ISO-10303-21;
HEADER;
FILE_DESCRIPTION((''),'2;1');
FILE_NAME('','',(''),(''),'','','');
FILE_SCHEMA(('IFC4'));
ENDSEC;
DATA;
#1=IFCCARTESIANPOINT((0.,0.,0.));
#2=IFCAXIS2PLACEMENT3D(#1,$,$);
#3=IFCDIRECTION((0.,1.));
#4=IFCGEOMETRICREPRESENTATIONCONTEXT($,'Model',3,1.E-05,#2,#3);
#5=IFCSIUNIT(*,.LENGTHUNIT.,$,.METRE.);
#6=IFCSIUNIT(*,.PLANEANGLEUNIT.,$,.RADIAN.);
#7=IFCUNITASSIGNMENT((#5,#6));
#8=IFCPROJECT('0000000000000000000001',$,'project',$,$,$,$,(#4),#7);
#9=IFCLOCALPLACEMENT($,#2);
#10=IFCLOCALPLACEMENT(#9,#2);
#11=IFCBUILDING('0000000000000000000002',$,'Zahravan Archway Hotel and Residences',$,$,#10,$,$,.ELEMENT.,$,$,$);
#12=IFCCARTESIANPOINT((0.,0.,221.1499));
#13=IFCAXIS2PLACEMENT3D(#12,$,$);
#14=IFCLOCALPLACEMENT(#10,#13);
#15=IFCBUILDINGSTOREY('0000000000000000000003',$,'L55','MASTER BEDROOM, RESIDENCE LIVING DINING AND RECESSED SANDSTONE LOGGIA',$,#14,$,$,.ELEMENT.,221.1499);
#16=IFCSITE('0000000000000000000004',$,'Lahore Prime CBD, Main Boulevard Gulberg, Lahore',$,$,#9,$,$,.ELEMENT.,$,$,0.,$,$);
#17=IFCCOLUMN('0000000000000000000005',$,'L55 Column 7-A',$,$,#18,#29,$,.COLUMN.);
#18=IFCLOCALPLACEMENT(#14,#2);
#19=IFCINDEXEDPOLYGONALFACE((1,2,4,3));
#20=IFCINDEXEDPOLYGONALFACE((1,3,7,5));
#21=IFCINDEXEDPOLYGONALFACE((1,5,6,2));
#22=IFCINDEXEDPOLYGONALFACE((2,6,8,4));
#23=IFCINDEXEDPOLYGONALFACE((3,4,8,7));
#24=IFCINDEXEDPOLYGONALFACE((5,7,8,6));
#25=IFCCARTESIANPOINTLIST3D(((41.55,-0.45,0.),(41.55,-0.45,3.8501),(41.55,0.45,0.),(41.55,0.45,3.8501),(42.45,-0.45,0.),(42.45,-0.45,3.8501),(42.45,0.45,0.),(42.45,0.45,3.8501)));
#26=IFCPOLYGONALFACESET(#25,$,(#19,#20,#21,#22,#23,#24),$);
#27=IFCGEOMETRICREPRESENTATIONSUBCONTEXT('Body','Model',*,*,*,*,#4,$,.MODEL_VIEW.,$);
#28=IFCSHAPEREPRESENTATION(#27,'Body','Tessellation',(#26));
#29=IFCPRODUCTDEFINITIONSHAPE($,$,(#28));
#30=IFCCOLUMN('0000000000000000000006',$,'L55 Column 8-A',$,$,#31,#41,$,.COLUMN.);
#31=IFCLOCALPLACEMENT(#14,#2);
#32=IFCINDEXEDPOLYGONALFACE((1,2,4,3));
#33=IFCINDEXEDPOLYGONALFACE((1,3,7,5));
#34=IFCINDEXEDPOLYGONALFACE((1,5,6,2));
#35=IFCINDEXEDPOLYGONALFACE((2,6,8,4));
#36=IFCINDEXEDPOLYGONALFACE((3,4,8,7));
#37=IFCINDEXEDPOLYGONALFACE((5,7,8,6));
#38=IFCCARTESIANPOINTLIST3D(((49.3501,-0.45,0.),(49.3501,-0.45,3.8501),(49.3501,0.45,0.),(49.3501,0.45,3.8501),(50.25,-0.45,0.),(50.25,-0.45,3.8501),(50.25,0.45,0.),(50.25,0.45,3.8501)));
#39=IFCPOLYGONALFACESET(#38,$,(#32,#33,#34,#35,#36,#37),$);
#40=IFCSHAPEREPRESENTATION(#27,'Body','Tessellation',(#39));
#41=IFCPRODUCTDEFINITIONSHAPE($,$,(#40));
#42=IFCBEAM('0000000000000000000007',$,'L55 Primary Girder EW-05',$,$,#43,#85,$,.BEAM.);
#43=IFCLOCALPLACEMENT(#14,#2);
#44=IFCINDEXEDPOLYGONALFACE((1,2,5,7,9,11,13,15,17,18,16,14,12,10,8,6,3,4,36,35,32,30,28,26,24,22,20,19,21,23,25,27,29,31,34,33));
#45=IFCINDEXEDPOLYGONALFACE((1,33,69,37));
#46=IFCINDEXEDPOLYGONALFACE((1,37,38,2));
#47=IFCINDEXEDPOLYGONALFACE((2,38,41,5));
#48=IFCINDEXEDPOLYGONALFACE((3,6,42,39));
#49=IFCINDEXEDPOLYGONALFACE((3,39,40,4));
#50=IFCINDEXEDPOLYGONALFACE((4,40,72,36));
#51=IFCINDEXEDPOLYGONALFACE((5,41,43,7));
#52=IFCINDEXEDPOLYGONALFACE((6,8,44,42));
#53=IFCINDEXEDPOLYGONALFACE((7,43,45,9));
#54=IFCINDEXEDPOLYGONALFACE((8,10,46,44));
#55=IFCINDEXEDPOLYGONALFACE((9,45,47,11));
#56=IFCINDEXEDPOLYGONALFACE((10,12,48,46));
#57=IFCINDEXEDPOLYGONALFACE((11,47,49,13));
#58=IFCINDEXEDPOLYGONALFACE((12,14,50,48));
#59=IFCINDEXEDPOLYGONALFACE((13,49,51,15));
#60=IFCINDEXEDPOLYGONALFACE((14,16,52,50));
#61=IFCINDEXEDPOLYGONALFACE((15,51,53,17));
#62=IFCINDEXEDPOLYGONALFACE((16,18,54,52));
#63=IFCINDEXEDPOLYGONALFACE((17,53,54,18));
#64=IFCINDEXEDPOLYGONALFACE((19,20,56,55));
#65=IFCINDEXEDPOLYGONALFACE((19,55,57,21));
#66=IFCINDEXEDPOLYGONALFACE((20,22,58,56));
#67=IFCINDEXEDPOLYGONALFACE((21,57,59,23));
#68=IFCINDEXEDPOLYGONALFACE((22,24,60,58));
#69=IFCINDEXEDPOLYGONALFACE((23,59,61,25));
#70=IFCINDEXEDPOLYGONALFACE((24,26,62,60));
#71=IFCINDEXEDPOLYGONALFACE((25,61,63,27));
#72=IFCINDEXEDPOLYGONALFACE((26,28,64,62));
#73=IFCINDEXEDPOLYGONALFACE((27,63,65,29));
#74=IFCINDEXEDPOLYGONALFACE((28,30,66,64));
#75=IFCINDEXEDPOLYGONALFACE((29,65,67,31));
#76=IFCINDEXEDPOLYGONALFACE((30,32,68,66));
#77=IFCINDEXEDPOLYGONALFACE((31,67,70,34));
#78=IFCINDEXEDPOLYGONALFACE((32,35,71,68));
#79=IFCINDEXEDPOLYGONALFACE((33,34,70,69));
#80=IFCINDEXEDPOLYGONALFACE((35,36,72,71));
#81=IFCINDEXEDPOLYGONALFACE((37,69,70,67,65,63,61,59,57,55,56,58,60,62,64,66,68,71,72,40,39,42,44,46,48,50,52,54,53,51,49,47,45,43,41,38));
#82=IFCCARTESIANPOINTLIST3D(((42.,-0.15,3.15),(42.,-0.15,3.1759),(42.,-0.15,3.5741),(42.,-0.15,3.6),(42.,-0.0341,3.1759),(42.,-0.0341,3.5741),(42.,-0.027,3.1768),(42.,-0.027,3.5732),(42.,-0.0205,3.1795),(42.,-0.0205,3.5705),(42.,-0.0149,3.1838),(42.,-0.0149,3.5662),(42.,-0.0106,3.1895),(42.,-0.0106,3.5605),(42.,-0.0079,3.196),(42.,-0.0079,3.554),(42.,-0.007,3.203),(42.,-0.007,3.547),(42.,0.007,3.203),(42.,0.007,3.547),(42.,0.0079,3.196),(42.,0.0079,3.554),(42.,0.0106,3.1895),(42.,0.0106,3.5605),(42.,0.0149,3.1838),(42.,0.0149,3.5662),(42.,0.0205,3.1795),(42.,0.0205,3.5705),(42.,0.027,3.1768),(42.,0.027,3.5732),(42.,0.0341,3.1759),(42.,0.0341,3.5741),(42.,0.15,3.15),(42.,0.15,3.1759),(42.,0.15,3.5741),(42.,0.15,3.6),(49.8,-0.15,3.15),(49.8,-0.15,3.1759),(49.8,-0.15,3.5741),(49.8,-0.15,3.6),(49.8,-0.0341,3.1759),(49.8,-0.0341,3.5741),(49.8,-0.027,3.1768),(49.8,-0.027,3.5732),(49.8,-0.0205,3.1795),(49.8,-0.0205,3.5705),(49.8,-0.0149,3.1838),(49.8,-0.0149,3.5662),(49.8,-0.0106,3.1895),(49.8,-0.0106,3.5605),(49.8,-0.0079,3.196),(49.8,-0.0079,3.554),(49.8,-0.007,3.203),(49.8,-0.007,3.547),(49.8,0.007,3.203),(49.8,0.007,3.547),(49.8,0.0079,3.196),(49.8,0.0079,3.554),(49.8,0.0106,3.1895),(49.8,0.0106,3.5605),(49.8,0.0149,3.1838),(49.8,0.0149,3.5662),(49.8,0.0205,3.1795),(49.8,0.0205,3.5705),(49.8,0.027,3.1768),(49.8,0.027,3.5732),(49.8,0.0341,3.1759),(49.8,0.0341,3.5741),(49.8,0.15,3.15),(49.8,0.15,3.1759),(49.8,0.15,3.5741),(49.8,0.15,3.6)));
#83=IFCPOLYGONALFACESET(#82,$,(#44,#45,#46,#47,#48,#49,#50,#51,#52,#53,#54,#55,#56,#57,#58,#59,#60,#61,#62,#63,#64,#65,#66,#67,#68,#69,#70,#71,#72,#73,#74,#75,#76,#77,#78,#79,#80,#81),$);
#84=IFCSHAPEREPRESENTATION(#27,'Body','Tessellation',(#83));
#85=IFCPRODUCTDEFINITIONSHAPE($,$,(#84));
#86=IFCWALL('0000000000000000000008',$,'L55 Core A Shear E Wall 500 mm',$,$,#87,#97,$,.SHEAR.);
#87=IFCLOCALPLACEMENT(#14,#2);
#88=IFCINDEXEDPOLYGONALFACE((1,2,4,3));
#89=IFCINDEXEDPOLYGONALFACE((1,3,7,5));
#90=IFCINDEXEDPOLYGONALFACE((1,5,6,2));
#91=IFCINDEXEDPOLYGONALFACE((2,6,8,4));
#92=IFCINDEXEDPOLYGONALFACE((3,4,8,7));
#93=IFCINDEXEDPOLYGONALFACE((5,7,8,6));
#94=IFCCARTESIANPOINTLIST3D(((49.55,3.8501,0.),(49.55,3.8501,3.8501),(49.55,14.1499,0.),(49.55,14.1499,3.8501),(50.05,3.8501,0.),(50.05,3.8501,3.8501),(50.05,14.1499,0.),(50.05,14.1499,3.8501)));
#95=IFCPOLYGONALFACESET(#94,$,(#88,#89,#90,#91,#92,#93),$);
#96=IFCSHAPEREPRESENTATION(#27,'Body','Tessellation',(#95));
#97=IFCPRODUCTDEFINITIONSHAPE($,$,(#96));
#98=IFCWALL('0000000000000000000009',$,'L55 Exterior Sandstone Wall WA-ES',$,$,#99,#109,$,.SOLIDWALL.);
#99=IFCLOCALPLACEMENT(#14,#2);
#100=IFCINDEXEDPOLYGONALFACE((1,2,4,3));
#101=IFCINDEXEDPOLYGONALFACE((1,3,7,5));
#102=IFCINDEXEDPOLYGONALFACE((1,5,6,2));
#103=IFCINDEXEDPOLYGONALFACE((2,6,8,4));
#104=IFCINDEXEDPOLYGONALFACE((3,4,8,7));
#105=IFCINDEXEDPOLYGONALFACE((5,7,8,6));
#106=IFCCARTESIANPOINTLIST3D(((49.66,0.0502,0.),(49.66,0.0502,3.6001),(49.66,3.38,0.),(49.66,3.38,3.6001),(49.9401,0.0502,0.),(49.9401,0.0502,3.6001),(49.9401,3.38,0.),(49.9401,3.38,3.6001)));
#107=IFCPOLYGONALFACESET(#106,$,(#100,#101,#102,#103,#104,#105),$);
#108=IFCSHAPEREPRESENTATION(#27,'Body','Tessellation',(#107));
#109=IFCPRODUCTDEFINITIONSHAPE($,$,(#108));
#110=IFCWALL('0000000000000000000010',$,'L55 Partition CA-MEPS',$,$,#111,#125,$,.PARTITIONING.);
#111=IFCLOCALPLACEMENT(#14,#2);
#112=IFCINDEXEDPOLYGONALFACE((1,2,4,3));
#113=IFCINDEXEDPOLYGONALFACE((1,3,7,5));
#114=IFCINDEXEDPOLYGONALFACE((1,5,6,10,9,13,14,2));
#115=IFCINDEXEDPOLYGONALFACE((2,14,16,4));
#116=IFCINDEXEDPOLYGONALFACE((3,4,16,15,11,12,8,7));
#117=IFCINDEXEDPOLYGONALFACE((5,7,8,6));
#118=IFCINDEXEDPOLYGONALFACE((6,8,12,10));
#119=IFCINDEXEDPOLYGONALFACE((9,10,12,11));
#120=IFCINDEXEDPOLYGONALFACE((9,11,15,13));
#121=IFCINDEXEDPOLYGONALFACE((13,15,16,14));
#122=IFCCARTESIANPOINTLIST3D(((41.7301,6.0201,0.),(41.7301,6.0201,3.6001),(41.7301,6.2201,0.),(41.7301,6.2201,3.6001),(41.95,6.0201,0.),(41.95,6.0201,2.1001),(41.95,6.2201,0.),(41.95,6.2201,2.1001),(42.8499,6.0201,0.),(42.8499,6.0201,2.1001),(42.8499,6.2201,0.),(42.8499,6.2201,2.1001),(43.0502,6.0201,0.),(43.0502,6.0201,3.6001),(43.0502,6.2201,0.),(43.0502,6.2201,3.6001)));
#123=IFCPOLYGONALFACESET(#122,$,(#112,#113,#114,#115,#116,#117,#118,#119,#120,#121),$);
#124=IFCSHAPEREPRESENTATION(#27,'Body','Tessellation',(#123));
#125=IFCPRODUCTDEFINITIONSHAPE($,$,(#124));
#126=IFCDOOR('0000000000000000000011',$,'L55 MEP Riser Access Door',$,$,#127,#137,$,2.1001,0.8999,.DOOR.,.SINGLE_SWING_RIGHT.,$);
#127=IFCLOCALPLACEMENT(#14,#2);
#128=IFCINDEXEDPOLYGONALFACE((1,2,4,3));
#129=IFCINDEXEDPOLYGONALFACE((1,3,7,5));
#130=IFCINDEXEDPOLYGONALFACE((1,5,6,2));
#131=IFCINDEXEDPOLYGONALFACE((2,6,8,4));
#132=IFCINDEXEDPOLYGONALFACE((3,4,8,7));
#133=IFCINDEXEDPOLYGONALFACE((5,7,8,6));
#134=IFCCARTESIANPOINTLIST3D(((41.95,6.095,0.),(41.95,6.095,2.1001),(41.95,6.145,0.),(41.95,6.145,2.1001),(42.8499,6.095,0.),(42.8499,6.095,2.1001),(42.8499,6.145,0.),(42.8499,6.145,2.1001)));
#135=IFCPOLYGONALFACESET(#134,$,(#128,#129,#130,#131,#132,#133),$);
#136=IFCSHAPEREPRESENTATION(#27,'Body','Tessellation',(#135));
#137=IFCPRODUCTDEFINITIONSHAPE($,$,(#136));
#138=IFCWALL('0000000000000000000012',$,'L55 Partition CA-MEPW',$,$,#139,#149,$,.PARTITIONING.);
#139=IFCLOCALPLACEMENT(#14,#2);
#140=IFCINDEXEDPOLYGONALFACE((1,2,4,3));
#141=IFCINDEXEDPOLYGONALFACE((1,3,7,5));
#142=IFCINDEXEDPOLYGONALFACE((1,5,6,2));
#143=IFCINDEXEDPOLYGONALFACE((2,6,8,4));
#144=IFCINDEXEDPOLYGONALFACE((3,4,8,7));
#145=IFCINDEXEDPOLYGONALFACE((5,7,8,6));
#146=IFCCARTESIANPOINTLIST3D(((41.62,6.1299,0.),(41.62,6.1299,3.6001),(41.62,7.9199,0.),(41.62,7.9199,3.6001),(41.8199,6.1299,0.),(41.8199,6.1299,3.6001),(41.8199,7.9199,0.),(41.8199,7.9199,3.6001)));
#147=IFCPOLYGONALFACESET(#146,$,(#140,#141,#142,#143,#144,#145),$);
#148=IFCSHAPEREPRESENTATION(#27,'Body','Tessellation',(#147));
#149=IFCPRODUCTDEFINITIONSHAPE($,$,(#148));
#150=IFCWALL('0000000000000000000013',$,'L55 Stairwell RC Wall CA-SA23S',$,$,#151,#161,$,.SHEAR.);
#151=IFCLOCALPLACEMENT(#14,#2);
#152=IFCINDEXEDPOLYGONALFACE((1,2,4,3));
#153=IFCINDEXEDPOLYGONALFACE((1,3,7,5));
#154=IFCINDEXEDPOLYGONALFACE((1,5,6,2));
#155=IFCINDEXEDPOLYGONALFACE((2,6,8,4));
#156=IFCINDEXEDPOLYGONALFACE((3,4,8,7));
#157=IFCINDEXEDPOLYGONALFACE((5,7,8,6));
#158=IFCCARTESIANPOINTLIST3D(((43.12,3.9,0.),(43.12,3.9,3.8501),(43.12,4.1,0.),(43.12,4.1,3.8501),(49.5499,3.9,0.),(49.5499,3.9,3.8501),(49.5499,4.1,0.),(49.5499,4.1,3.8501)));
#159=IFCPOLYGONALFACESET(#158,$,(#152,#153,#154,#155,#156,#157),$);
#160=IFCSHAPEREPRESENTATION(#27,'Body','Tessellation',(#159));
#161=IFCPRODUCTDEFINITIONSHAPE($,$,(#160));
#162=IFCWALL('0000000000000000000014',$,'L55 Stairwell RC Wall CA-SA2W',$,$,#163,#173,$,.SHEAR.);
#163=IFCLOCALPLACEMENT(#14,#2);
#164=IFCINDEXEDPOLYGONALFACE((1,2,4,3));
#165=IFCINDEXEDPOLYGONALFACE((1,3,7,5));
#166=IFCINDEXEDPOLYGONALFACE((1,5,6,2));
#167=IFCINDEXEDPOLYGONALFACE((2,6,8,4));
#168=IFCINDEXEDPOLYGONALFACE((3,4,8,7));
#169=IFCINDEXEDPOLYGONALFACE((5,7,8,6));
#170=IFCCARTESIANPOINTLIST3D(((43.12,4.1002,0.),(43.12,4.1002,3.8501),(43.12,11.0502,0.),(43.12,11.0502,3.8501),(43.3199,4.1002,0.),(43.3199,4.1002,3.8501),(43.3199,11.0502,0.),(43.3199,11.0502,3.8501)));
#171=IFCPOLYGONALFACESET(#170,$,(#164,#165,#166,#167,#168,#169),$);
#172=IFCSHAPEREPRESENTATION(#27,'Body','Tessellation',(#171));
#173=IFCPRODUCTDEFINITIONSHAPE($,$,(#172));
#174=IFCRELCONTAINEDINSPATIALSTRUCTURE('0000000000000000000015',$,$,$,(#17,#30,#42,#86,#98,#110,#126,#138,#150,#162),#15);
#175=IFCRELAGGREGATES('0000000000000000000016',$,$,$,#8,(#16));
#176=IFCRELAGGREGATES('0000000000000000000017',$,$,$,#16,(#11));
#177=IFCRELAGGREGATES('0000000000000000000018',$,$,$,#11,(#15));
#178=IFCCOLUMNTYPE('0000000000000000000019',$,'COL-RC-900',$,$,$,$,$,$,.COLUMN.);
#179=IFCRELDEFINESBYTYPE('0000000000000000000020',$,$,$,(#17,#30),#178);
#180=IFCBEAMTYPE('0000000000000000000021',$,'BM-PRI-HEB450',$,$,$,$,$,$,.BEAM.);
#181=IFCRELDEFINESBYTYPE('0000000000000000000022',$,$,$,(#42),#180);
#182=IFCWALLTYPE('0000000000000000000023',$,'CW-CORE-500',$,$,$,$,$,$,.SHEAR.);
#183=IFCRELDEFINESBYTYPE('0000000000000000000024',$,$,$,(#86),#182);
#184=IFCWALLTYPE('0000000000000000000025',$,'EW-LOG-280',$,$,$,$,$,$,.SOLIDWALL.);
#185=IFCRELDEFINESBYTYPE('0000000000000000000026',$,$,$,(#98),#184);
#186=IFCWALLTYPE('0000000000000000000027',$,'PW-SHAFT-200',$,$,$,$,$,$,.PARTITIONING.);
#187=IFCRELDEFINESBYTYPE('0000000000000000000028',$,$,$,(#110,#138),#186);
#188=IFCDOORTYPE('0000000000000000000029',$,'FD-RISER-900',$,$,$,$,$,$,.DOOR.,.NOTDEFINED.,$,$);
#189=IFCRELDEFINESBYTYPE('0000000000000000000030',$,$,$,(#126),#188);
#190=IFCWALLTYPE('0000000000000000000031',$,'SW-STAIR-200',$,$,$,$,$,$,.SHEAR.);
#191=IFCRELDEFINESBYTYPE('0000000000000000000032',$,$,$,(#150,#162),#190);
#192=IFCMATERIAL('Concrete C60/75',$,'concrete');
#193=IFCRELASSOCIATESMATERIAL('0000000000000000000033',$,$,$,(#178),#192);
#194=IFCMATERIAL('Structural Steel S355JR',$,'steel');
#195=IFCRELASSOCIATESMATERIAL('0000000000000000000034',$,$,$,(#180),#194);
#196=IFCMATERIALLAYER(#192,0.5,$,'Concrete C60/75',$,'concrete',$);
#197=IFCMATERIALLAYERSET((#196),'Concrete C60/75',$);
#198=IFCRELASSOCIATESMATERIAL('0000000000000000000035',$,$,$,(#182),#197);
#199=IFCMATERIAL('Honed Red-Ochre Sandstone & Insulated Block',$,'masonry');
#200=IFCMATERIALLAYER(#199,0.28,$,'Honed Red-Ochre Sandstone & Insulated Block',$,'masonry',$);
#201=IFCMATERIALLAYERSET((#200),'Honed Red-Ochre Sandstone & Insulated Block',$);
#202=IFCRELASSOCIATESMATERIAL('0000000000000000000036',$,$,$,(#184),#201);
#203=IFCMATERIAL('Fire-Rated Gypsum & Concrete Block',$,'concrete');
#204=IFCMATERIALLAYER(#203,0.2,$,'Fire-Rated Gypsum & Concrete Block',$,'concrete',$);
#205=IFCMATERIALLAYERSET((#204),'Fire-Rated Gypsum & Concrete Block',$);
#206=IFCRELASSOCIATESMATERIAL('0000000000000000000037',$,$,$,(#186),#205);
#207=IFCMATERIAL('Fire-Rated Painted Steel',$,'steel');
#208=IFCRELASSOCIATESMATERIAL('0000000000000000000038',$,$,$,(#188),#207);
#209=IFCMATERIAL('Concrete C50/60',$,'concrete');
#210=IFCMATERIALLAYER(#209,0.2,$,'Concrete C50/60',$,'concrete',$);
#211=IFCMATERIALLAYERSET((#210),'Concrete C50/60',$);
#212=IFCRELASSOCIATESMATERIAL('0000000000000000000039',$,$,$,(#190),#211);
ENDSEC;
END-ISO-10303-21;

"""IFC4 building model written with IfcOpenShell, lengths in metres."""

from ifc_helpers import new_model, si_unit, direction, frame, frame_2d, origin, origin_2d, place, context, subcontext, project, spatial, rectangle, i_section, extrude, source, transform, mapped, material, layer, layer_set, material_profile, profile_set, type_object, type_shapes, element, fill, save


model = new_model("IFC4")

# Units and contexts
model_context = context("Model", 3, precision=1e-05, world=origin(), true_north=direction((0.0, 1.0)))
body_context = subcontext(model_context, "Body", "Model", "MODEL_VIEW")
ifc_project = project(units=[si_unit("LENGTHUNIT", "METRE"), si_unit("PLANEANGLEUNIT", "RADIAN")], contexts=[model_context])

# Site, building, storey
site_placement = place(None, origin())
site = spatial("IfcSite", under=ifc_project, at=site_placement, Name="Lahore Prime CBD, Main Boulevard Gulberg, Lahore", CompositionType="ELEMENT", RefElevation=0.0)
building_placement = place(site_placement, origin())
building = spatial("IfcBuilding", under=site, at=building_placement, Name="Zahravan Archway Hotel and Residences", CompositionType="ELEMENT")
storey_placement = place(building_placement, frame((0.0, 0.0, 221.1499)))
storey = spatial("IfcBuildingStorey", under=building, at=storey_placement, Name="L55", Description="MASTER BEDROOM, RESIDENCE LIVING DINING AND RECESSED SANDSTONE LOGGIA", CompositionType="ELEMENT", Elevation=221.1499)

# Columns
ifc_material_1 = material(Name="Concrete C60/75", Category="concrete")
ifc_material_profile_1 = material_profile(ifc_material_1, rectangle(XDim=0.8999, YDim=0.8999, at=origin_2d()), Name="RC-COL-900x900", Category="concrete")
ifc_profile_set_1 = profile_set([ifc_material_profile_1], Name="Concrete C60/75")
column_type = type_object("IfcColumnType", Name="COL-RC-900", PredefinedType="COLUMN", material=ifc_profile_set_1)
shared_shape_1 = source(origin(), body_context, "Body", "SweptSolid", [
    extrude(rectangle(XDim=0.8999, YDim=0.8999, at=origin_2d()), origin(), (0.0, 0.0, 1.0), 3.8501),
])
type_shapes(column_type, [shared_shape_1])
for number, where, z_axis, x_axis, name in (
    (1, (42.0, 0.0, 0.0), (0.0, 0.0, 1.0), (1.0, 0.0, 0.0), "L55 Column 7-A"),
    (2, (49.8, 0.0, 0.0), (0.0, 0.0, 1.0), (1.0, 0.0, 0.0), "L55 Column 8-A"),
):
    element("IfcColumn", number, at=place(storey_placement, frame(where, z_axis=z_axis, x_axis=x_axis)), inside=storey, type_object=column_type, Name=name, PredefinedType="COLUMN", context=body_context, shape_type="MappedRepresentation", body=[
        mapped(shared_shape_1, transform((0.0, 0.0, 0.0), scale=1.0)),
    ])

# Beam
ifc_material_2 = material(Name="Structural Steel S355JR", Category="steel")
ifc_material_profile_2 = material_profile(ifc_material_2, i_section(OverallWidth=0.3, OverallDepth=0.45, WebThickness=0.0139, FlangeThickness=0.0259, FilletRadius=0.0271, at=origin_2d()), Name="HEB 450", Category="steel")
ifc_profile_set_2 = profile_set([ifc_material_profile_2], Name="Structural Steel S355JR")
beam_type = type_object("IfcBeamType", Name="BM-PRI-HEB450", PredefinedType="BEAM", material=ifc_profile_set_2)
shared_shape_2 = source(origin(), body_context, "Body", "SweptSolid", [
    extrude(i_section(OverallWidth=0.3, OverallDepth=0.45, WebThickness=0.0139, FlangeThickness=0.0259, FilletRadius=0.0271, at=origin_2d()), origin(), (0.0, 0.0, 1.0), 7.8),
])
beam_placement = place(storey_placement, frame((42.0, 0.0, 3.375), z_axis=(1.0, 0.0, 0.0), x_axis=(0.0, 1.0, 0.0)))
element("IfcBeam", 3, at=beam_placement, inside=storey, type_object=beam_type, Name="L55 Primary Girder EW-05", PredefinedType="BEAM", context=body_context, shape_type="MappedRepresentation", body=[
    mapped(shared_shape_2, transform((0.0, 0.0, 0.0), scale=1.0)),
])

# Walls
ifc_layer_1 = layer(ifc_material_1, 0.5, Name="Concrete C60/75", Category="concrete")
ifc_layer_set_1 = layer_set([ifc_layer_1], Name="Concrete C60/75")
wall_type_1 = type_object("IfcWallType", Name="CW-CORE-500", PredefinedType="SHEAR", material=ifc_layer_set_1)
wall_1_placement = place(storey_placement, frame((49.8, 3.8501, 0.0), z_axis=(0.0, 0.0, 1.0), x_axis=(0.0, 1.0, 0.0)))
element("IfcWall", 4, at=wall_1_placement, inside=storey, type_object=wall_type_1, Name="L55 Core A Shear E Wall 500 mm", PredefinedType="SHEAR", context=body_context, shape_type="SweptSolid", body=[
    extrude(rectangle(XDim=10.2998, YDim=0.5, at=frame_2d((5.1499, 0.0))), origin(), (0.0, 0.0, 1.0), 3.8501),
])
ifc_material_3 = material(Name="Honed Red-Ochre Sandstone & Insulated Block", Category="masonry")
ifc_layer_2 = layer(ifc_material_3, 0.28, Name="Honed Red-Ochre Sandstone & Insulated Block", Category="masonry")
ifc_layer_set_2 = layer_set([ifc_layer_2], Name="Honed Red-Ochre Sandstone & Insulated Block")
wall_type_2 = type_object("IfcWallType", Name="EW-LOG-280", PredefinedType="SOLIDWALL", material=ifc_layer_set_2)
wall_2_placement = place(storey_placement, frame((49.8, 0.05, 0.0), z_axis=(0.0, 0.0, 1.0), x_axis=(0.0, 1.0, 0.0)))
element("IfcWall", 5, at=wall_2_placement, inside=storey, type_object=wall_type_2, Name="L55 Exterior Sandstone Wall WA-ES", PredefinedType="SOLIDWALL", context=body_context, shape_type="SweptSolid", body=[
    extrude(rectangle(XDim=3.3298, YDim=0.28, at=frame_2d((1.665, 0.0))), origin(), (0.0, 0.0, 1.0), 3.6001),
])

# Wall, opening, door
ifc_material_4 = material(Name="Fire-Rated Gypsum & Concrete Block", Category="concrete")
ifc_layer_3 = layer(ifc_material_4, 0.2, Name="Fire-Rated Gypsum & Concrete Block", Category="concrete")
ifc_layer_set_3 = layer_set([ifc_layer_3], Name="Fire-Rated Gypsum & Concrete Block")
wall_type_3 = type_object("IfcWallType", Name="PW-SHAFT-200", PredefinedType="PARTITIONING", material=ifc_layer_set_3)
wall_3_placement = place(storey_placement, frame((41.73, 6.1201, 0.0), z_axis=(0.0, 0.0, 1.0), x_axis=(1.0, 0.0, 0.0)))
wall_3 = element("IfcWall", 6, at=wall_3_placement, inside=storey, type_object=wall_type_3, Name="L55 Partition CA-MEPS", PredefinedType="PARTITIONING", context=body_context, shape_type="SweptSolid", body=[
    extrude(rectangle(XDim=1.3201, YDim=0.2, at=frame_2d((0.6602, 0.0))), origin(), (0.0, 0.0, 1.0), 3.6001),
])
opening_placement = place(wall_3_placement, frame((0.22, 0.0, 0.0)))
opening = element("IfcOpeningElement", 7, at=opening_placement, cuts=wall_3, PredefinedType="OPENING", context=body_context, shape_type="SweptSolid", body=[
    extrude(rectangle(XDim=0.8999, YDim=2.1001, at=frame_2d((0.45, 1.05))), frame((0.0, 0.1099, 0.0), z_axis=(0.0, -1.0, 0.0), x_axis=(1.0, 0.0, 0.0)), (0.0, 0.0, 1.0), 0.22),
])
ifc_material_5 = material(Name="Fire-Rated Painted Steel", Category="steel")
door_type = type_object("IfcDoorType", Name="FD-RISER-900", OperationType="NOTDEFINED", PredefinedType="DOOR", material=ifc_material_5)
shared_shape_3 = source(origin(), body_context, "Body", "SweptSolid", [
    extrude(rectangle(XDim=0.8999, YDim=2.1001, at=frame_2d((0.45, 1.05))), frame((0.0, 0.0249, 0.0), z_axis=(0.0, -1.0, 0.0), x_axis=(1.0, 0.0, 0.0)), (0.0, 0.0, 1.0), 0.05),
])
type_shapes(door_type, [shared_shape_3])
door_placement = place(opening_placement, origin())
door = element("IfcDoor", 8, at=door_placement, inside=storey, type_object=door_type, Name="L55 MEP Riser Access Door", OperationType="SINGLE_SWING_RIGHT", OverallHeight=2.1001, OverallWidth=0.8999, PredefinedType="DOOR", context=body_context, shape_type="MappedRepresentation", body=[
    mapped(shared_shape_3, transform((0.0, 0.0, 0.0), scale=1.0)),
])
fill(opening, door)

# Walls
wall_4_placement = place(storey_placement, frame((41.72, 6.1299, 0.0), z_axis=(0.0, 0.0, 1.0), x_axis=(0.0, 1.0, 0.0)))
element("IfcWall", 9, at=wall_4_placement, inside=storey, type_object=wall_type_3, Name="L55 Partition CA-MEPW", PredefinedType="PARTITIONING", context=body_context, shape_type="SweptSolid", body=[
    extrude(rectangle(XDim=1.79, YDim=0.2, at=frame_2d((0.895, 0.0))), origin(), (0.0, 0.0, 1.0), 3.6001),
])
ifc_material_6 = material(Name="Concrete C50/60", Category="concrete")
ifc_layer_4 = layer(ifc_material_6, 0.2, Name="Concrete C50/60", Category="concrete")
ifc_layer_set_4 = layer_set([ifc_layer_4], Name="Concrete C50/60")
wall_type_4 = type_object("IfcWallType", Name="SW-STAIR-200", PredefinedType="SHEAR", material=ifc_layer_set_4)
wall_5_placement = place(storey_placement, frame((43.1201, 4.0, 0.0), z_axis=(0.0, 0.0, 1.0), x_axis=(1.0, 0.0, 0.0)))
element("IfcWall", 10, at=wall_5_placement, inside=storey, type_object=wall_type_4, Name="L55 Stairwell RC Wall CA-SA23S", PredefinedType="SHEAR", context=body_context, shape_type="SweptSolid", body=[
    extrude(rectangle(XDim=6.4299, YDim=0.2, at=frame_2d((3.2148, 0.0))), origin(), (0.0, 0.0, 1.0), 3.8501),
])
for number, where, z_axis, x_axis, name in (
    (11, (43.22, 4.1001, 0.0), (0.0, 0.0, 1.0), (0.0, 1.0, 0.0), "L55 Stairwell RC Wall CA-SA2W"),
):
    element("IfcWall", number, at=place(storey_placement, frame(where, z_axis=z_axis, x_axis=x_axis)), inside=storey, type_object=wall_type_4, Name=name, PredefinedType="SHEAR", context=body_context, shape_type="SweptSolid", body=[
        extrude(rectangle(XDim=6.95, YDim=0.2, at=frame_2d((3.4751, 0.0))), origin(), (0.0, 0.0, 1.0), 3.8501),
    ])

save(model, "model.ifc")
